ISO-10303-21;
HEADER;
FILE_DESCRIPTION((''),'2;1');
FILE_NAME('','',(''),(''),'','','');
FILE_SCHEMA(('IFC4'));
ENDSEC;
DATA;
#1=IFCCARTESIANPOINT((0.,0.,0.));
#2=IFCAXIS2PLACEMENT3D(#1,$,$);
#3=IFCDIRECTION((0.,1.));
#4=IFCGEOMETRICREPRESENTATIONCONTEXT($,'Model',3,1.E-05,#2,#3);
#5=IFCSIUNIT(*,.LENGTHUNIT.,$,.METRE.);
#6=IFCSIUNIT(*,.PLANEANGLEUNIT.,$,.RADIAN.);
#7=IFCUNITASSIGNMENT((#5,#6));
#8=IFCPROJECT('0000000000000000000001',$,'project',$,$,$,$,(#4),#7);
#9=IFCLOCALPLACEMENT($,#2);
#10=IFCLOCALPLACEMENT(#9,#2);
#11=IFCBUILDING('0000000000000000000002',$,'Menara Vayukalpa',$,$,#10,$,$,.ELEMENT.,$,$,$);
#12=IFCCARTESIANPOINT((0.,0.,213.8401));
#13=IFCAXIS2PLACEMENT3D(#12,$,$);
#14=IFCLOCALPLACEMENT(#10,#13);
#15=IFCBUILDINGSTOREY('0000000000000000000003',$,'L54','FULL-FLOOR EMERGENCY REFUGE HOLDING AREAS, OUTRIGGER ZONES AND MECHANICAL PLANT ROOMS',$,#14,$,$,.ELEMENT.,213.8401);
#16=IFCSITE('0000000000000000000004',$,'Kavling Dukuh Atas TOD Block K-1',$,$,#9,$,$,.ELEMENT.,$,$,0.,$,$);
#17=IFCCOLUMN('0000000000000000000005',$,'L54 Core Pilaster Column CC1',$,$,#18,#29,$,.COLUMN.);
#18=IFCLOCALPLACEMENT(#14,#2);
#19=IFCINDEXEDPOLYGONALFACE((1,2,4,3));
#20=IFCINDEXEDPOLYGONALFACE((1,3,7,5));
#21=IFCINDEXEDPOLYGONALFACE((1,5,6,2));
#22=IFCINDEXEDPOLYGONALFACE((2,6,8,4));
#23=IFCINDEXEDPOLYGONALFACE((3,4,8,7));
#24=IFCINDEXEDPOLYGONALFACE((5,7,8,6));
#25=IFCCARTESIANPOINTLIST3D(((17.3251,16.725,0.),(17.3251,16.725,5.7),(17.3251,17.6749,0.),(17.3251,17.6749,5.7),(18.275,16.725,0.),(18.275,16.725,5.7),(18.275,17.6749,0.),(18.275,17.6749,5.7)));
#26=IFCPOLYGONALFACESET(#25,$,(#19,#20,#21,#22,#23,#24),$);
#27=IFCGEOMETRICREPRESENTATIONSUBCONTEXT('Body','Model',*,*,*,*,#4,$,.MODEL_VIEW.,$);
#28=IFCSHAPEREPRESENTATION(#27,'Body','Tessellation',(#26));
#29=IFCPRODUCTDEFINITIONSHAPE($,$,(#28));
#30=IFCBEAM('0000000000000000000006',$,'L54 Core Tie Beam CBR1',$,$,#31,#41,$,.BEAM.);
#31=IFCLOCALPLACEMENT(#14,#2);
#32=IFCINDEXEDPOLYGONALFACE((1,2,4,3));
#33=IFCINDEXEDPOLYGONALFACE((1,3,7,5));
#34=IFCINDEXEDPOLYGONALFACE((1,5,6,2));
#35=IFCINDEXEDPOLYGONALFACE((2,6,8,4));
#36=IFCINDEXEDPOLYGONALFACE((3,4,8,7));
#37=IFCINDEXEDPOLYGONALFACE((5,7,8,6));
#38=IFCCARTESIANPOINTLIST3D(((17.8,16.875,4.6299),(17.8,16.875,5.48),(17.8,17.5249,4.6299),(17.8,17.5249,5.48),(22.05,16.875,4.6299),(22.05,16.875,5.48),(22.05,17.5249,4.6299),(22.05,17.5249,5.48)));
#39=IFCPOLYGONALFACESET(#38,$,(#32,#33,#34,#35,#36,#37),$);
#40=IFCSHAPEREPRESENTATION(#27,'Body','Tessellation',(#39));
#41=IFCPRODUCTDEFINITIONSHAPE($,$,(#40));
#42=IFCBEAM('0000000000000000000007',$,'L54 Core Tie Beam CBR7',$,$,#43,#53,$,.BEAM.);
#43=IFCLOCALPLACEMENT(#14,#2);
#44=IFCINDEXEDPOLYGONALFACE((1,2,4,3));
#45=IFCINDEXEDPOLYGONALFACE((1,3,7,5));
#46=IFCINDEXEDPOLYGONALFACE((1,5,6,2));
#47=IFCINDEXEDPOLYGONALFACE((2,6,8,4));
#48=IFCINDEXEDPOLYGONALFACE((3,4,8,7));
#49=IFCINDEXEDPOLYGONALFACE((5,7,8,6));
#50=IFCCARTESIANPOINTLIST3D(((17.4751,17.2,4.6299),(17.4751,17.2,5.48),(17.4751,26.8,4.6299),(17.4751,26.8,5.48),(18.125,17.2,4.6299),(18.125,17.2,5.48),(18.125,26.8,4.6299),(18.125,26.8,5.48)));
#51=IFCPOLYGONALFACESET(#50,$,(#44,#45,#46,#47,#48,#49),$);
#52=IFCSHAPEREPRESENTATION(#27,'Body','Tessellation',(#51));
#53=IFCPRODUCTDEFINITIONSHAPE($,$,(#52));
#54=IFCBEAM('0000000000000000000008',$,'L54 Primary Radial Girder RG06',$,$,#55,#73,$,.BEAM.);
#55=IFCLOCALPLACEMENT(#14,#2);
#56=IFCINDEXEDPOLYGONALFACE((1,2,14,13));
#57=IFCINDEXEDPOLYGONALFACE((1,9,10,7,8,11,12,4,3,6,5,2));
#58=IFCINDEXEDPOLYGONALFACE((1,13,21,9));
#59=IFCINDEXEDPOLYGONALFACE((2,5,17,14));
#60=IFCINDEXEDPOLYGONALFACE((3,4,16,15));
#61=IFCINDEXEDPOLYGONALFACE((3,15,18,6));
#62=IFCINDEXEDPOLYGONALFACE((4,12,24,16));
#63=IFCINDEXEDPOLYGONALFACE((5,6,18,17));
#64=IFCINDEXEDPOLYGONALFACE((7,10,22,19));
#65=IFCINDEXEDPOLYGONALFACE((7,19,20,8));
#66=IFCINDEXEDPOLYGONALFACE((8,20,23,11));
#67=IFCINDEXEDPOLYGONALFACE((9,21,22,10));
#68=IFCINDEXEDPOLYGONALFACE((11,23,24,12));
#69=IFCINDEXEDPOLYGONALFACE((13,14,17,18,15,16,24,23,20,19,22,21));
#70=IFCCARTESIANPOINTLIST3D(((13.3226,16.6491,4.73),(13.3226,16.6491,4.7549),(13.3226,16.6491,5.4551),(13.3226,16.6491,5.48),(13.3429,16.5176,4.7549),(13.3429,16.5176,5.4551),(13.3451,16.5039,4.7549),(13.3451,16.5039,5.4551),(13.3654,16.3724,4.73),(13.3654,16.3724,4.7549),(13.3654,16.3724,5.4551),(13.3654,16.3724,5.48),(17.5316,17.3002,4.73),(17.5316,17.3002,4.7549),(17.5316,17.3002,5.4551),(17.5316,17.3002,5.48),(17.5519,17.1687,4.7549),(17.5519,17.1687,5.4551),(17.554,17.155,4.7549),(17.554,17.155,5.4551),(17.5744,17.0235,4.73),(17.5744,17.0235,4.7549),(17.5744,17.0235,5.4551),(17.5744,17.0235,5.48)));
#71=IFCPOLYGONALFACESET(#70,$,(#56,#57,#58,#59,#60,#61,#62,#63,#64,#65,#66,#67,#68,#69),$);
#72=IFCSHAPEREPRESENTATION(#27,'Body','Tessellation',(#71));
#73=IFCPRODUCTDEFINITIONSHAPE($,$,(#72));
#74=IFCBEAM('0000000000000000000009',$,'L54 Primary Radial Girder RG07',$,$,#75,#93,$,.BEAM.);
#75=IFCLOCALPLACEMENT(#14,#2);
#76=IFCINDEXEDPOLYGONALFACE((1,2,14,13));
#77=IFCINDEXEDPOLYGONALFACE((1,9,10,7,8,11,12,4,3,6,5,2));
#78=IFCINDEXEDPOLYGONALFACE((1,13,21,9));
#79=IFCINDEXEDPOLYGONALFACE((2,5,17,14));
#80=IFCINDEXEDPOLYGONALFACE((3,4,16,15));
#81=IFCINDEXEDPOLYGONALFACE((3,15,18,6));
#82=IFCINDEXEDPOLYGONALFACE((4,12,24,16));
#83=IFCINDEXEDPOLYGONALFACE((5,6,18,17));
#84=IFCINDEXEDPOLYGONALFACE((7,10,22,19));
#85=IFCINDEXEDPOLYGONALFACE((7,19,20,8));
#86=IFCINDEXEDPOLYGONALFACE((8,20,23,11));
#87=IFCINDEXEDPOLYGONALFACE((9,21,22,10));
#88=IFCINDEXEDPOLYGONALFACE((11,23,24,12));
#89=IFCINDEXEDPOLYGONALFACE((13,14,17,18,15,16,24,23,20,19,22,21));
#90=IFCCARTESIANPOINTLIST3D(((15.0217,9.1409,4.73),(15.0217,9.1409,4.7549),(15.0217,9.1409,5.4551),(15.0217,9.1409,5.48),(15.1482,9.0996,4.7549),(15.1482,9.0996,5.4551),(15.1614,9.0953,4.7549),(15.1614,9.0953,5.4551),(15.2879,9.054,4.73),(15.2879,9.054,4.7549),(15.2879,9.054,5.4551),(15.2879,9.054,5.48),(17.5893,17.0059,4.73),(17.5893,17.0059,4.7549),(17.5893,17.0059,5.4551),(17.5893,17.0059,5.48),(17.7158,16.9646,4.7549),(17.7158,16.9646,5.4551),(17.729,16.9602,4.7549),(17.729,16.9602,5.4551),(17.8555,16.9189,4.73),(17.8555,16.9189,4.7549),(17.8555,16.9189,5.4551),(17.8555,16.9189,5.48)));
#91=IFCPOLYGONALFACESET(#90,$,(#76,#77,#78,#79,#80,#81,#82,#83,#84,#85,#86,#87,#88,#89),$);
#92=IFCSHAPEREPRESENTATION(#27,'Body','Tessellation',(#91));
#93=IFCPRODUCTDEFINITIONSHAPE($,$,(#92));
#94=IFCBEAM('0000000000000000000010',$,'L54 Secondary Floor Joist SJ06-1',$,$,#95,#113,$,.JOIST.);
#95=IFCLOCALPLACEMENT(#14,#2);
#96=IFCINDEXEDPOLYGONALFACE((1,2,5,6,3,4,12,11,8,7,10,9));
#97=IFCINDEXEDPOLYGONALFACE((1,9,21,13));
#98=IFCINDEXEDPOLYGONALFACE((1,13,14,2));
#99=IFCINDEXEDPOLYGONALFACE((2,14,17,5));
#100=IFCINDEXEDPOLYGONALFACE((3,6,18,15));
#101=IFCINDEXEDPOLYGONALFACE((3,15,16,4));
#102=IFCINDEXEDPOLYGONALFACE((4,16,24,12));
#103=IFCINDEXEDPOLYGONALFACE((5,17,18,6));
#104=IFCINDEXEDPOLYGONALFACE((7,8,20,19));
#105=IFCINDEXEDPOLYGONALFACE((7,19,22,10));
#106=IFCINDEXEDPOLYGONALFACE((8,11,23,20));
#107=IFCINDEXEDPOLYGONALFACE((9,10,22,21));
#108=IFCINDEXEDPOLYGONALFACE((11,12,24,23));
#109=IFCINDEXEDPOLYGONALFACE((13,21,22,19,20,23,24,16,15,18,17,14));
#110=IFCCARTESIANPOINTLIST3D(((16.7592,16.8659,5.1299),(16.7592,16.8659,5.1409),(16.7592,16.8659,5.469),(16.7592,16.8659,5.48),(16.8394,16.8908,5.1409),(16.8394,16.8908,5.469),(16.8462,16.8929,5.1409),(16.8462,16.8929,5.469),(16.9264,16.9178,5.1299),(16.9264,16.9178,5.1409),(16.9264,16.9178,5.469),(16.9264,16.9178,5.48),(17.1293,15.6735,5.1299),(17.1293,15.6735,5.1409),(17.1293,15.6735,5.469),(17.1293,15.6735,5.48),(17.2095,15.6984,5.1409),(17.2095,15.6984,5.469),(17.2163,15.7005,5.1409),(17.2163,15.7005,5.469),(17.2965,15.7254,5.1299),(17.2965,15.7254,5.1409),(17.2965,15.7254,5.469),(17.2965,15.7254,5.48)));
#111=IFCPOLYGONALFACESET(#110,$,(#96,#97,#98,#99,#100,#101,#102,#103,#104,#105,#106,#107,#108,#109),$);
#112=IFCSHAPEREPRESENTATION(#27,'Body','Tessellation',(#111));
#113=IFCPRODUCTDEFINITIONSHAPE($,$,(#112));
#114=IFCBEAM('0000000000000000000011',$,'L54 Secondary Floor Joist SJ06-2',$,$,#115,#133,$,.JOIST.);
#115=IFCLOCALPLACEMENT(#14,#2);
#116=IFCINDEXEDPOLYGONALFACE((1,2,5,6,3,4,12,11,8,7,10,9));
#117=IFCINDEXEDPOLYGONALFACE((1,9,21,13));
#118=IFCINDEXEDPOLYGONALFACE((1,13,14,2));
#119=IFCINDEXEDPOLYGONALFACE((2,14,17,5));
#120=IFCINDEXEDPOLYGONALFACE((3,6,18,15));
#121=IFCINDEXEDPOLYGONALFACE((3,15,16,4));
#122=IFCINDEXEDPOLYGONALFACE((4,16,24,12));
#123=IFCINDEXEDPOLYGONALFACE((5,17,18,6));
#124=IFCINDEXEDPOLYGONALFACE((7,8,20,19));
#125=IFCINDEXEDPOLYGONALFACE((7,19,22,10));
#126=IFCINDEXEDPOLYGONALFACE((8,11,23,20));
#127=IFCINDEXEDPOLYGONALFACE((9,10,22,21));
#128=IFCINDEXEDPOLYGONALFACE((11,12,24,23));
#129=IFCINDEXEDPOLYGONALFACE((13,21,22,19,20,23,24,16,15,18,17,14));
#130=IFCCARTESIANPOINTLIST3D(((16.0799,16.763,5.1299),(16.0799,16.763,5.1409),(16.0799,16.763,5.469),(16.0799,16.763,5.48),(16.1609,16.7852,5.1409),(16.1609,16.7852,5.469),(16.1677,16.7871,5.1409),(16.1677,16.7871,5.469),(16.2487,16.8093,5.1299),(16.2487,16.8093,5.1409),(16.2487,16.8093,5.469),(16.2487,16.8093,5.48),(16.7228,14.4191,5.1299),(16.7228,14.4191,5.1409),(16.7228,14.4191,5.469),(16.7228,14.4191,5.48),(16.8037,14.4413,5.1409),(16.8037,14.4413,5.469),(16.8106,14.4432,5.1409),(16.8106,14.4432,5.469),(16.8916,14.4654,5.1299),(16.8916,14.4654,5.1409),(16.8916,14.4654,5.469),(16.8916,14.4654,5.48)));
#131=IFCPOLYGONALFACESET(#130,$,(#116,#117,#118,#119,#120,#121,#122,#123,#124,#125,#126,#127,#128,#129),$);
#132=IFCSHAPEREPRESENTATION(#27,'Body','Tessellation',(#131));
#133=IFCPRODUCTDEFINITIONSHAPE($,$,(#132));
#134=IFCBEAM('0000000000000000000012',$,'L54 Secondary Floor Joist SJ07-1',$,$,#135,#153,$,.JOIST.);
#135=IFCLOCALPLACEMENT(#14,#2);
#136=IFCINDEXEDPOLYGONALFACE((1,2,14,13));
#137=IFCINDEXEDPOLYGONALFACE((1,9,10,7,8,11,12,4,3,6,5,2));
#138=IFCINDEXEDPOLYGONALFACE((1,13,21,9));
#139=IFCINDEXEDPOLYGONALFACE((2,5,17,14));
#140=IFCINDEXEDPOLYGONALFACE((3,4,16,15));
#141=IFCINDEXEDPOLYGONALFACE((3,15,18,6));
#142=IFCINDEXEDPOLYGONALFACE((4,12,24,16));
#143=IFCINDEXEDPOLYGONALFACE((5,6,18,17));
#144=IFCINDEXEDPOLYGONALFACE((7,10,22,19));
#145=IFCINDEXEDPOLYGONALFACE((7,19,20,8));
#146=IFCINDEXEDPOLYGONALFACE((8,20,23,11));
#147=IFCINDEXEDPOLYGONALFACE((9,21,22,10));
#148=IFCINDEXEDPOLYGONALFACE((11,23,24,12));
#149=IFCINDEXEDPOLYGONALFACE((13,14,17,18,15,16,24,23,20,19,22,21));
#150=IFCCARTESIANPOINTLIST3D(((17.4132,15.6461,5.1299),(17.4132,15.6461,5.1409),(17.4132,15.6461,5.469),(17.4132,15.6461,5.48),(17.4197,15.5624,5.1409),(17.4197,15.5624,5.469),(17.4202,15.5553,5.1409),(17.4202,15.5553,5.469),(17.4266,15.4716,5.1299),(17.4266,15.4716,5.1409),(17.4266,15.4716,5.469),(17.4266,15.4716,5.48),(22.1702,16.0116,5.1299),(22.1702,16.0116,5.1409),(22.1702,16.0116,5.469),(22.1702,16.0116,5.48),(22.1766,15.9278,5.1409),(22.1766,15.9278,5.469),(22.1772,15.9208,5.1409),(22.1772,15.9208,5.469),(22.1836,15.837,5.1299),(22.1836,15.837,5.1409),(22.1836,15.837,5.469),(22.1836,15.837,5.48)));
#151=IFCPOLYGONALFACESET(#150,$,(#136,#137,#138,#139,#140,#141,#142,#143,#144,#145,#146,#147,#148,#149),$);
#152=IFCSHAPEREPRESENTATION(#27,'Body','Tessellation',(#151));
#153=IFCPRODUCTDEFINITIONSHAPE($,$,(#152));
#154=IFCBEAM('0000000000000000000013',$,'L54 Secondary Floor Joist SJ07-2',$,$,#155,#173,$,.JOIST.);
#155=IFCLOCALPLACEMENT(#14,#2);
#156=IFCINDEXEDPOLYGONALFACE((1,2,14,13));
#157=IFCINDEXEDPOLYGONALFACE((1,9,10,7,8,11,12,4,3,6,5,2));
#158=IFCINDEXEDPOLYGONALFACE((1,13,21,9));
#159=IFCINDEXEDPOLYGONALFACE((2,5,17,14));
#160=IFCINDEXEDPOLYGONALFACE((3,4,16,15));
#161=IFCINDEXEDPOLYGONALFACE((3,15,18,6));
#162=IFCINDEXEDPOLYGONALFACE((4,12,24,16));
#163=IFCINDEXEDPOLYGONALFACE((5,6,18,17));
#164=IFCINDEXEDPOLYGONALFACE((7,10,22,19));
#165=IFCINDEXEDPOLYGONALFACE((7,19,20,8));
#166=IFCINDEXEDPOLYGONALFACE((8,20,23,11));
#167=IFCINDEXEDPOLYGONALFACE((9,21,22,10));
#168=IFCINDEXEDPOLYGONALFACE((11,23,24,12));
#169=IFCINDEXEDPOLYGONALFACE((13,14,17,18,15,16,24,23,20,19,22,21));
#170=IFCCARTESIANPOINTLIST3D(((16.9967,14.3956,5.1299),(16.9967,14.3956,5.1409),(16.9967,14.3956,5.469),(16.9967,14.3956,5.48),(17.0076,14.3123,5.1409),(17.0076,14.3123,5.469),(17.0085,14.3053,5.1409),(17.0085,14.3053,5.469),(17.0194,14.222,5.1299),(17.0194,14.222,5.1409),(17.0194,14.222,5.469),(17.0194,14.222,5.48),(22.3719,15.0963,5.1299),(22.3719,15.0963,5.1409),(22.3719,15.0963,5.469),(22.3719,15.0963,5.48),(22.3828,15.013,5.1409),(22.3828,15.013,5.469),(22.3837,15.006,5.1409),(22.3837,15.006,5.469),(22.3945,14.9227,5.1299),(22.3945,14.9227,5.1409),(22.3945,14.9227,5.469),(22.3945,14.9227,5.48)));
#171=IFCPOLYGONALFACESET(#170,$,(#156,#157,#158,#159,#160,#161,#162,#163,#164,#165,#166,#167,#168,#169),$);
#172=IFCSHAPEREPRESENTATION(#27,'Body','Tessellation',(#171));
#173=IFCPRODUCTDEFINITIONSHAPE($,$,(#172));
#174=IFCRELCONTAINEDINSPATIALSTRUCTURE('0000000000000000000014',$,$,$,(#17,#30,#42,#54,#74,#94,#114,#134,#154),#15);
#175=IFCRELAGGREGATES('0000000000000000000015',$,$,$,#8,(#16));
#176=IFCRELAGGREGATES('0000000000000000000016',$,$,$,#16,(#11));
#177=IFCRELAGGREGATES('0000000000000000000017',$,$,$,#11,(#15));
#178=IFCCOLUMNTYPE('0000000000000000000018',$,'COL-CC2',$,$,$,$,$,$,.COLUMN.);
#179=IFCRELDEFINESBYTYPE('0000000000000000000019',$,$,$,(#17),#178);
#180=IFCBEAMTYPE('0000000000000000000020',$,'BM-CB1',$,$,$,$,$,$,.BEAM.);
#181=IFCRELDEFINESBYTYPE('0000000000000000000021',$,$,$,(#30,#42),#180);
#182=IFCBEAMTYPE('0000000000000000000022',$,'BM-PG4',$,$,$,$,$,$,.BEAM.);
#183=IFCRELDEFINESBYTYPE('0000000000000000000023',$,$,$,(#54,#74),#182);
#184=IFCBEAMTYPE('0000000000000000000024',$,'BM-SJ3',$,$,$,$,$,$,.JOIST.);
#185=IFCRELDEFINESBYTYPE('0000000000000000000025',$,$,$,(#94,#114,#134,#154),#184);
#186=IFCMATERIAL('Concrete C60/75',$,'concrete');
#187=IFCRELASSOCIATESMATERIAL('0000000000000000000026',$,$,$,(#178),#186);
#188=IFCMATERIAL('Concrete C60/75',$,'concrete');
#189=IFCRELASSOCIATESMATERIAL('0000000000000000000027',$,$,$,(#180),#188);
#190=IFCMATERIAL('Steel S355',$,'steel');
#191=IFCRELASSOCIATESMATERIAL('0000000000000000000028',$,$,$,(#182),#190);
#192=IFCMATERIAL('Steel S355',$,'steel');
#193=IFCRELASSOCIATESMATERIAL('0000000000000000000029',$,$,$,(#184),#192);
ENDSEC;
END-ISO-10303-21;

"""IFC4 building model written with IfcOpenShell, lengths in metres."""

from ifc_helpers import new_model, si_unit, direction, frame, origin, origin_2d, place, context, subcontext, project, spatial, rectangle, i_section, extrude, material, material_profile, profile_set, type_object, element, save


model = new_model("IFC4")

# Units and contexts
model_context = context("Model", 3, precision=1e-05, world=origin(), true_north=direction((0.0, 1.0)))
body_context = subcontext(model_context, "Body", "Model", "MODEL_VIEW")
ifc_project = project(units=[si_unit("LENGTHUNIT", "METRE"), si_unit("PLANEANGLEUNIT", "RADIAN")], contexts=[model_context])

# Site, building, storey
site_placement = place(None, origin())
site = spatial("IfcSite", under=ifc_project, at=site_placement, Name="Kavling Dukuh Atas TOD Block K-1", CompositionType="ELEMENT", RefElevation=0.0)
building_placement = place(site_placement, origin())
building = spatial("IfcBuilding", under=site, at=building_placement, Name="Menara Vayukalpa", CompositionType="ELEMENT")
storey_placement = place(building_placement, frame((0.0, 0.0, 213.8401)))
storey = spatial("IfcBuildingStorey", under=building, at=storey_placement, Name="L54", Description="FULL-FLOOR EMERGENCY REFUGE HOLDING AREAS, OUTRIGGER ZONES AND MECHANICAL PLANT ROOMS", CompositionType="ELEMENT", Elevation=213.8401)

# Column
ifc_material_1 = material(Name="Concrete C60/75", Category="concrete")
ifc_material_profile_1 = material_profile(ifc_material_1, rectangle(XDim=0.95, YDim=0.95, at=origin_2d()), Name="RC 950x950")
ifc_profile_set_1 = profile_set([ifc_material_profile_1], Name="Concrete C60/75")
column_type = type_object("IfcColumnType", Name="COL-CC2", PredefinedType="COLUMN", material=ifc_profile_set_1)
column_placement = place(storey_placement, frame((17.8, 17.2, 0.0), z_axis=(0.0, 0.0, 1.0), x_axis=(1.0, 0.0, 0.0)))
element("IfcColumn", 1, at=column_placement, inside=storey, type_object=column_type, Name="L54 Core Pilaster Column CC1", PredefinedType="COLUMN", context=body_context, shape_type="SweptSolid", body=[
    extrude(rectangle(XDim=0.95, YDim=0.95, at=origin_2d()), origin(), (0.0, 0.0, 1.0), 5.7),
])

# Beams
ifc_material_2 = material(Name="Concrete C60/75", Category="concrete")
ifc_material_profile_2 = material_profile(ifc_material_2, rectangle(XDim=0.6499, YDim=0.8501, at=origin_2d()), Name="RC 650x850")
ifc_profile_set_2 = profile_set([ifc_material_profile_2], Name="Concrete C60/75")
beam_type_1 = type_object("IfcBeamType", Name="BM-CB1", PredefinedType="BEAM", material=ifc_profile_set_2)
beam_1_placement = place(storey_placement, frame((17.8, 17.2, 5.0549), z_axis=(1.0, 0.0, 0.0), x_axis=(0.0, 1.0, 0.0)))
element("IfcBeam", 2, at=beam_1_placement, inside=storey, type_object=beam_type_1, Name="L54 Core Tie Beam CBR1", PredefinedType="BEAM", context=body_context, shape_type="SweptSolid", body=[
    extrude(rectangle(XDim=0.6499, YDim=0.8501, at=origin_2d()), origin(), (0.0, 0.0, 1.0), 4.25),
])
beam_2_placement = place(storey_placement, frame((17.8, 17.2, 5.0549), z_axis=(0.0, 1.0, 0.0), x_axis=(-1.0, 0.0, 0.0)))
element("IfcBeam", 3, at=beam_2_placement, inside=storey, type_object=beam_type_1, Name="L54 Core Tie Beam CBR7", PredefinedType="BEAM", context=body_context, shape_type="SweptSolid", body=[
    extrude(rectangle(XDim=0.6499, YDim=0.8501, at=origin_2d()), origin(), (0.0, 0.0, 1.0), 9.6001),
])
ifc_material_3 = material(Name="Steel S355", Category="steel")
ifc_material_profile_3 = material_profile(ifc_material_3, i_section(OverallWidth=0.28, OverallDepth=0.75, WebThickness=0.0139, FlangeThickness=0.0249, at=origin_2d()), Name="WF 750x280x14x25")
ifc_profile_set_3 = profile_set([ifc_material_profile_3], Name="Steel S355")
beam_type_2 = type_object("IfcBeamType", Name="BM-PG4", PredefinedType="BEAM", material=ifc_profile_set_3)
beam_3_placement = place(storey_placement, frame((17.553, 17.1619, 5.105), z_axis=(-0.988245, -0.15288, 0.0), x_axis=(0.15288, -0.988245, 0.0)))
element("IfcBeam", 4, at=beam_3_placement, inside=storey, type_object=beam_type_2, Name="L54 Primary Radial Girder RG06", PredefinedType="BEAM", context=body_context, shape_type="SweptSolid", body=[
    extrude(i_section(OverallWidth=0.28, OverallDepth=0.75, WebThickness=0.0139, FlangeThickness=0.0249, at=origin_2d()), origin(), (0.0, 0.0, 1.0), 4.259),
])
beam_4_placement = place(storey_placement, frame((17.7224, 16.9624, 5.105), z_axis=(-0.310344, -0.950624, 0.0), x_axis=(0.950624, -0.310344, 0.0)))
element("IfcBeam", 5, at=beam_4_placement, inside=storey, type_object=beam_type_2, Name="L54 Primary Radial Girder RG07", PredefinedType="BEAM", context=body_context, shape_type="SweptSolid", body=[
    extrude(i_section(OverallWidth=0.28, OverallDepth=0.75, WebThickness=0.0139, FlangeThickness=0.0249, at=origin_2d()), origin(), (0.0, 0.0, 1.0), 8.2734),
])
ifc_material_4 = material(Name="Steel S355", Category="steel")
ifc_material_profile_4 = material_profile(ifc_material_4, i_section(OverallWidth=0.175, OverallDepth=0.3501, WebThickness=0.0071, FlangeThickness=0.011, at=origin_2d()), Name="WF 350x175x7x11")
ifc_profile_set_4 = profile_set([ifc_material_profile_4], Name="Steel S355")
beam_type_3 = type_object("IfcBeamType", Name="BM-SJ3", PredefinedType="JOIST", material=ifc_profile_set_4)
beam_5_placement = place(storey_placement, frame((16.8428, 16.8918, 5.3049), z_axis=(0.296448, -0.955049, 0.0), x_axis=(0.955049, 0.296448, 0.0)))
element("IfcBeam", 6, at=beam_5_placement, inside=storey, type_object=beam_type_3, Name="L54 Secondary Floor Joist SJ06-1", PredefinedType="JOIST", context=body_context, shape_type="SweptSolid", body=[
    extrude(i_section(OverallWidth=0.175, OverallDepth=0.3501, WebThickness=0.0071, FlangeThickness=0.011, at=origin_2d()), origin(), (0.0, 0.0, 1.0), 1.2485),
])
beam_6_placement = place(storey_placement, frame((16.1643, 16.7861, 5.3049), z_axis=(0.264503, -0.964385, 0.0), x_axis=(0.964385, 0.264503, 0.0)))
element("IfcBeam", 7, at=beam_6_placement, inside=storey, type_object=beam_type_3, Name="L54 Secondary Floor Joist SJ06-2", PredefinedType="JOIST", context=body_context, shape_type="SweptSolid", body=[
    extrude(i_section(OverallWidth=0.175, OverallDepth=0.3501, WebThickness=0.0071, FlangeThickness=0.011, at=origin_2d()), origin(), (0.0, 0.0, 1.0), 2.4304),
])
beam_7_placement = place(storey_placement, frame((17.4199, 15.5588, 5.3049), z_axis=(0.997062, 0.076603, 0.0), x_axis=(-0.076603, 0.997062, 0.0)))
element("IfcBeam", 8, at=beam_7_placement, inside=storey, type_object=beam_type_3, Name="L54 Secondary Floor Joist SJ07-1", PredefinedType="JOIST", context=body_context, shape_type="SweptSolid", body=[
    extrude(i_section(OverallWidth=0.175, OverallDepth=0.3501, WebThickness=0.0071, FlangeThickness=0.011, at=origin_2d()), origin(), (0.0, 0.0, 1.0), 4.771),
])
beam_8_placement = place(storey_placement, frame((17.0081, 14.3088, 5.3049), z_axis=(0.991611, 0.12926, 0.0), x_axis=(-0.12926, 0.991611, 0.0)))
element("IfcBeam", 9, at=beam_8_placement, inside=storey, type_object=beam_type_3, Name="L54 Secondary Floor Joist SJ07-2", PredefinedType="JOIST", context=body_context, shape_type="SweptSolid", body=[
    extrude(i_section(OverallWidth=0.175, OverallDepth=0.3501, WebThickness=0.0071, FlangeThickness=0.011, at=origin_2d()), origin(), (0.0, 0.0, 1.0), 5.4207),
])

save(model, "model.ifc")
